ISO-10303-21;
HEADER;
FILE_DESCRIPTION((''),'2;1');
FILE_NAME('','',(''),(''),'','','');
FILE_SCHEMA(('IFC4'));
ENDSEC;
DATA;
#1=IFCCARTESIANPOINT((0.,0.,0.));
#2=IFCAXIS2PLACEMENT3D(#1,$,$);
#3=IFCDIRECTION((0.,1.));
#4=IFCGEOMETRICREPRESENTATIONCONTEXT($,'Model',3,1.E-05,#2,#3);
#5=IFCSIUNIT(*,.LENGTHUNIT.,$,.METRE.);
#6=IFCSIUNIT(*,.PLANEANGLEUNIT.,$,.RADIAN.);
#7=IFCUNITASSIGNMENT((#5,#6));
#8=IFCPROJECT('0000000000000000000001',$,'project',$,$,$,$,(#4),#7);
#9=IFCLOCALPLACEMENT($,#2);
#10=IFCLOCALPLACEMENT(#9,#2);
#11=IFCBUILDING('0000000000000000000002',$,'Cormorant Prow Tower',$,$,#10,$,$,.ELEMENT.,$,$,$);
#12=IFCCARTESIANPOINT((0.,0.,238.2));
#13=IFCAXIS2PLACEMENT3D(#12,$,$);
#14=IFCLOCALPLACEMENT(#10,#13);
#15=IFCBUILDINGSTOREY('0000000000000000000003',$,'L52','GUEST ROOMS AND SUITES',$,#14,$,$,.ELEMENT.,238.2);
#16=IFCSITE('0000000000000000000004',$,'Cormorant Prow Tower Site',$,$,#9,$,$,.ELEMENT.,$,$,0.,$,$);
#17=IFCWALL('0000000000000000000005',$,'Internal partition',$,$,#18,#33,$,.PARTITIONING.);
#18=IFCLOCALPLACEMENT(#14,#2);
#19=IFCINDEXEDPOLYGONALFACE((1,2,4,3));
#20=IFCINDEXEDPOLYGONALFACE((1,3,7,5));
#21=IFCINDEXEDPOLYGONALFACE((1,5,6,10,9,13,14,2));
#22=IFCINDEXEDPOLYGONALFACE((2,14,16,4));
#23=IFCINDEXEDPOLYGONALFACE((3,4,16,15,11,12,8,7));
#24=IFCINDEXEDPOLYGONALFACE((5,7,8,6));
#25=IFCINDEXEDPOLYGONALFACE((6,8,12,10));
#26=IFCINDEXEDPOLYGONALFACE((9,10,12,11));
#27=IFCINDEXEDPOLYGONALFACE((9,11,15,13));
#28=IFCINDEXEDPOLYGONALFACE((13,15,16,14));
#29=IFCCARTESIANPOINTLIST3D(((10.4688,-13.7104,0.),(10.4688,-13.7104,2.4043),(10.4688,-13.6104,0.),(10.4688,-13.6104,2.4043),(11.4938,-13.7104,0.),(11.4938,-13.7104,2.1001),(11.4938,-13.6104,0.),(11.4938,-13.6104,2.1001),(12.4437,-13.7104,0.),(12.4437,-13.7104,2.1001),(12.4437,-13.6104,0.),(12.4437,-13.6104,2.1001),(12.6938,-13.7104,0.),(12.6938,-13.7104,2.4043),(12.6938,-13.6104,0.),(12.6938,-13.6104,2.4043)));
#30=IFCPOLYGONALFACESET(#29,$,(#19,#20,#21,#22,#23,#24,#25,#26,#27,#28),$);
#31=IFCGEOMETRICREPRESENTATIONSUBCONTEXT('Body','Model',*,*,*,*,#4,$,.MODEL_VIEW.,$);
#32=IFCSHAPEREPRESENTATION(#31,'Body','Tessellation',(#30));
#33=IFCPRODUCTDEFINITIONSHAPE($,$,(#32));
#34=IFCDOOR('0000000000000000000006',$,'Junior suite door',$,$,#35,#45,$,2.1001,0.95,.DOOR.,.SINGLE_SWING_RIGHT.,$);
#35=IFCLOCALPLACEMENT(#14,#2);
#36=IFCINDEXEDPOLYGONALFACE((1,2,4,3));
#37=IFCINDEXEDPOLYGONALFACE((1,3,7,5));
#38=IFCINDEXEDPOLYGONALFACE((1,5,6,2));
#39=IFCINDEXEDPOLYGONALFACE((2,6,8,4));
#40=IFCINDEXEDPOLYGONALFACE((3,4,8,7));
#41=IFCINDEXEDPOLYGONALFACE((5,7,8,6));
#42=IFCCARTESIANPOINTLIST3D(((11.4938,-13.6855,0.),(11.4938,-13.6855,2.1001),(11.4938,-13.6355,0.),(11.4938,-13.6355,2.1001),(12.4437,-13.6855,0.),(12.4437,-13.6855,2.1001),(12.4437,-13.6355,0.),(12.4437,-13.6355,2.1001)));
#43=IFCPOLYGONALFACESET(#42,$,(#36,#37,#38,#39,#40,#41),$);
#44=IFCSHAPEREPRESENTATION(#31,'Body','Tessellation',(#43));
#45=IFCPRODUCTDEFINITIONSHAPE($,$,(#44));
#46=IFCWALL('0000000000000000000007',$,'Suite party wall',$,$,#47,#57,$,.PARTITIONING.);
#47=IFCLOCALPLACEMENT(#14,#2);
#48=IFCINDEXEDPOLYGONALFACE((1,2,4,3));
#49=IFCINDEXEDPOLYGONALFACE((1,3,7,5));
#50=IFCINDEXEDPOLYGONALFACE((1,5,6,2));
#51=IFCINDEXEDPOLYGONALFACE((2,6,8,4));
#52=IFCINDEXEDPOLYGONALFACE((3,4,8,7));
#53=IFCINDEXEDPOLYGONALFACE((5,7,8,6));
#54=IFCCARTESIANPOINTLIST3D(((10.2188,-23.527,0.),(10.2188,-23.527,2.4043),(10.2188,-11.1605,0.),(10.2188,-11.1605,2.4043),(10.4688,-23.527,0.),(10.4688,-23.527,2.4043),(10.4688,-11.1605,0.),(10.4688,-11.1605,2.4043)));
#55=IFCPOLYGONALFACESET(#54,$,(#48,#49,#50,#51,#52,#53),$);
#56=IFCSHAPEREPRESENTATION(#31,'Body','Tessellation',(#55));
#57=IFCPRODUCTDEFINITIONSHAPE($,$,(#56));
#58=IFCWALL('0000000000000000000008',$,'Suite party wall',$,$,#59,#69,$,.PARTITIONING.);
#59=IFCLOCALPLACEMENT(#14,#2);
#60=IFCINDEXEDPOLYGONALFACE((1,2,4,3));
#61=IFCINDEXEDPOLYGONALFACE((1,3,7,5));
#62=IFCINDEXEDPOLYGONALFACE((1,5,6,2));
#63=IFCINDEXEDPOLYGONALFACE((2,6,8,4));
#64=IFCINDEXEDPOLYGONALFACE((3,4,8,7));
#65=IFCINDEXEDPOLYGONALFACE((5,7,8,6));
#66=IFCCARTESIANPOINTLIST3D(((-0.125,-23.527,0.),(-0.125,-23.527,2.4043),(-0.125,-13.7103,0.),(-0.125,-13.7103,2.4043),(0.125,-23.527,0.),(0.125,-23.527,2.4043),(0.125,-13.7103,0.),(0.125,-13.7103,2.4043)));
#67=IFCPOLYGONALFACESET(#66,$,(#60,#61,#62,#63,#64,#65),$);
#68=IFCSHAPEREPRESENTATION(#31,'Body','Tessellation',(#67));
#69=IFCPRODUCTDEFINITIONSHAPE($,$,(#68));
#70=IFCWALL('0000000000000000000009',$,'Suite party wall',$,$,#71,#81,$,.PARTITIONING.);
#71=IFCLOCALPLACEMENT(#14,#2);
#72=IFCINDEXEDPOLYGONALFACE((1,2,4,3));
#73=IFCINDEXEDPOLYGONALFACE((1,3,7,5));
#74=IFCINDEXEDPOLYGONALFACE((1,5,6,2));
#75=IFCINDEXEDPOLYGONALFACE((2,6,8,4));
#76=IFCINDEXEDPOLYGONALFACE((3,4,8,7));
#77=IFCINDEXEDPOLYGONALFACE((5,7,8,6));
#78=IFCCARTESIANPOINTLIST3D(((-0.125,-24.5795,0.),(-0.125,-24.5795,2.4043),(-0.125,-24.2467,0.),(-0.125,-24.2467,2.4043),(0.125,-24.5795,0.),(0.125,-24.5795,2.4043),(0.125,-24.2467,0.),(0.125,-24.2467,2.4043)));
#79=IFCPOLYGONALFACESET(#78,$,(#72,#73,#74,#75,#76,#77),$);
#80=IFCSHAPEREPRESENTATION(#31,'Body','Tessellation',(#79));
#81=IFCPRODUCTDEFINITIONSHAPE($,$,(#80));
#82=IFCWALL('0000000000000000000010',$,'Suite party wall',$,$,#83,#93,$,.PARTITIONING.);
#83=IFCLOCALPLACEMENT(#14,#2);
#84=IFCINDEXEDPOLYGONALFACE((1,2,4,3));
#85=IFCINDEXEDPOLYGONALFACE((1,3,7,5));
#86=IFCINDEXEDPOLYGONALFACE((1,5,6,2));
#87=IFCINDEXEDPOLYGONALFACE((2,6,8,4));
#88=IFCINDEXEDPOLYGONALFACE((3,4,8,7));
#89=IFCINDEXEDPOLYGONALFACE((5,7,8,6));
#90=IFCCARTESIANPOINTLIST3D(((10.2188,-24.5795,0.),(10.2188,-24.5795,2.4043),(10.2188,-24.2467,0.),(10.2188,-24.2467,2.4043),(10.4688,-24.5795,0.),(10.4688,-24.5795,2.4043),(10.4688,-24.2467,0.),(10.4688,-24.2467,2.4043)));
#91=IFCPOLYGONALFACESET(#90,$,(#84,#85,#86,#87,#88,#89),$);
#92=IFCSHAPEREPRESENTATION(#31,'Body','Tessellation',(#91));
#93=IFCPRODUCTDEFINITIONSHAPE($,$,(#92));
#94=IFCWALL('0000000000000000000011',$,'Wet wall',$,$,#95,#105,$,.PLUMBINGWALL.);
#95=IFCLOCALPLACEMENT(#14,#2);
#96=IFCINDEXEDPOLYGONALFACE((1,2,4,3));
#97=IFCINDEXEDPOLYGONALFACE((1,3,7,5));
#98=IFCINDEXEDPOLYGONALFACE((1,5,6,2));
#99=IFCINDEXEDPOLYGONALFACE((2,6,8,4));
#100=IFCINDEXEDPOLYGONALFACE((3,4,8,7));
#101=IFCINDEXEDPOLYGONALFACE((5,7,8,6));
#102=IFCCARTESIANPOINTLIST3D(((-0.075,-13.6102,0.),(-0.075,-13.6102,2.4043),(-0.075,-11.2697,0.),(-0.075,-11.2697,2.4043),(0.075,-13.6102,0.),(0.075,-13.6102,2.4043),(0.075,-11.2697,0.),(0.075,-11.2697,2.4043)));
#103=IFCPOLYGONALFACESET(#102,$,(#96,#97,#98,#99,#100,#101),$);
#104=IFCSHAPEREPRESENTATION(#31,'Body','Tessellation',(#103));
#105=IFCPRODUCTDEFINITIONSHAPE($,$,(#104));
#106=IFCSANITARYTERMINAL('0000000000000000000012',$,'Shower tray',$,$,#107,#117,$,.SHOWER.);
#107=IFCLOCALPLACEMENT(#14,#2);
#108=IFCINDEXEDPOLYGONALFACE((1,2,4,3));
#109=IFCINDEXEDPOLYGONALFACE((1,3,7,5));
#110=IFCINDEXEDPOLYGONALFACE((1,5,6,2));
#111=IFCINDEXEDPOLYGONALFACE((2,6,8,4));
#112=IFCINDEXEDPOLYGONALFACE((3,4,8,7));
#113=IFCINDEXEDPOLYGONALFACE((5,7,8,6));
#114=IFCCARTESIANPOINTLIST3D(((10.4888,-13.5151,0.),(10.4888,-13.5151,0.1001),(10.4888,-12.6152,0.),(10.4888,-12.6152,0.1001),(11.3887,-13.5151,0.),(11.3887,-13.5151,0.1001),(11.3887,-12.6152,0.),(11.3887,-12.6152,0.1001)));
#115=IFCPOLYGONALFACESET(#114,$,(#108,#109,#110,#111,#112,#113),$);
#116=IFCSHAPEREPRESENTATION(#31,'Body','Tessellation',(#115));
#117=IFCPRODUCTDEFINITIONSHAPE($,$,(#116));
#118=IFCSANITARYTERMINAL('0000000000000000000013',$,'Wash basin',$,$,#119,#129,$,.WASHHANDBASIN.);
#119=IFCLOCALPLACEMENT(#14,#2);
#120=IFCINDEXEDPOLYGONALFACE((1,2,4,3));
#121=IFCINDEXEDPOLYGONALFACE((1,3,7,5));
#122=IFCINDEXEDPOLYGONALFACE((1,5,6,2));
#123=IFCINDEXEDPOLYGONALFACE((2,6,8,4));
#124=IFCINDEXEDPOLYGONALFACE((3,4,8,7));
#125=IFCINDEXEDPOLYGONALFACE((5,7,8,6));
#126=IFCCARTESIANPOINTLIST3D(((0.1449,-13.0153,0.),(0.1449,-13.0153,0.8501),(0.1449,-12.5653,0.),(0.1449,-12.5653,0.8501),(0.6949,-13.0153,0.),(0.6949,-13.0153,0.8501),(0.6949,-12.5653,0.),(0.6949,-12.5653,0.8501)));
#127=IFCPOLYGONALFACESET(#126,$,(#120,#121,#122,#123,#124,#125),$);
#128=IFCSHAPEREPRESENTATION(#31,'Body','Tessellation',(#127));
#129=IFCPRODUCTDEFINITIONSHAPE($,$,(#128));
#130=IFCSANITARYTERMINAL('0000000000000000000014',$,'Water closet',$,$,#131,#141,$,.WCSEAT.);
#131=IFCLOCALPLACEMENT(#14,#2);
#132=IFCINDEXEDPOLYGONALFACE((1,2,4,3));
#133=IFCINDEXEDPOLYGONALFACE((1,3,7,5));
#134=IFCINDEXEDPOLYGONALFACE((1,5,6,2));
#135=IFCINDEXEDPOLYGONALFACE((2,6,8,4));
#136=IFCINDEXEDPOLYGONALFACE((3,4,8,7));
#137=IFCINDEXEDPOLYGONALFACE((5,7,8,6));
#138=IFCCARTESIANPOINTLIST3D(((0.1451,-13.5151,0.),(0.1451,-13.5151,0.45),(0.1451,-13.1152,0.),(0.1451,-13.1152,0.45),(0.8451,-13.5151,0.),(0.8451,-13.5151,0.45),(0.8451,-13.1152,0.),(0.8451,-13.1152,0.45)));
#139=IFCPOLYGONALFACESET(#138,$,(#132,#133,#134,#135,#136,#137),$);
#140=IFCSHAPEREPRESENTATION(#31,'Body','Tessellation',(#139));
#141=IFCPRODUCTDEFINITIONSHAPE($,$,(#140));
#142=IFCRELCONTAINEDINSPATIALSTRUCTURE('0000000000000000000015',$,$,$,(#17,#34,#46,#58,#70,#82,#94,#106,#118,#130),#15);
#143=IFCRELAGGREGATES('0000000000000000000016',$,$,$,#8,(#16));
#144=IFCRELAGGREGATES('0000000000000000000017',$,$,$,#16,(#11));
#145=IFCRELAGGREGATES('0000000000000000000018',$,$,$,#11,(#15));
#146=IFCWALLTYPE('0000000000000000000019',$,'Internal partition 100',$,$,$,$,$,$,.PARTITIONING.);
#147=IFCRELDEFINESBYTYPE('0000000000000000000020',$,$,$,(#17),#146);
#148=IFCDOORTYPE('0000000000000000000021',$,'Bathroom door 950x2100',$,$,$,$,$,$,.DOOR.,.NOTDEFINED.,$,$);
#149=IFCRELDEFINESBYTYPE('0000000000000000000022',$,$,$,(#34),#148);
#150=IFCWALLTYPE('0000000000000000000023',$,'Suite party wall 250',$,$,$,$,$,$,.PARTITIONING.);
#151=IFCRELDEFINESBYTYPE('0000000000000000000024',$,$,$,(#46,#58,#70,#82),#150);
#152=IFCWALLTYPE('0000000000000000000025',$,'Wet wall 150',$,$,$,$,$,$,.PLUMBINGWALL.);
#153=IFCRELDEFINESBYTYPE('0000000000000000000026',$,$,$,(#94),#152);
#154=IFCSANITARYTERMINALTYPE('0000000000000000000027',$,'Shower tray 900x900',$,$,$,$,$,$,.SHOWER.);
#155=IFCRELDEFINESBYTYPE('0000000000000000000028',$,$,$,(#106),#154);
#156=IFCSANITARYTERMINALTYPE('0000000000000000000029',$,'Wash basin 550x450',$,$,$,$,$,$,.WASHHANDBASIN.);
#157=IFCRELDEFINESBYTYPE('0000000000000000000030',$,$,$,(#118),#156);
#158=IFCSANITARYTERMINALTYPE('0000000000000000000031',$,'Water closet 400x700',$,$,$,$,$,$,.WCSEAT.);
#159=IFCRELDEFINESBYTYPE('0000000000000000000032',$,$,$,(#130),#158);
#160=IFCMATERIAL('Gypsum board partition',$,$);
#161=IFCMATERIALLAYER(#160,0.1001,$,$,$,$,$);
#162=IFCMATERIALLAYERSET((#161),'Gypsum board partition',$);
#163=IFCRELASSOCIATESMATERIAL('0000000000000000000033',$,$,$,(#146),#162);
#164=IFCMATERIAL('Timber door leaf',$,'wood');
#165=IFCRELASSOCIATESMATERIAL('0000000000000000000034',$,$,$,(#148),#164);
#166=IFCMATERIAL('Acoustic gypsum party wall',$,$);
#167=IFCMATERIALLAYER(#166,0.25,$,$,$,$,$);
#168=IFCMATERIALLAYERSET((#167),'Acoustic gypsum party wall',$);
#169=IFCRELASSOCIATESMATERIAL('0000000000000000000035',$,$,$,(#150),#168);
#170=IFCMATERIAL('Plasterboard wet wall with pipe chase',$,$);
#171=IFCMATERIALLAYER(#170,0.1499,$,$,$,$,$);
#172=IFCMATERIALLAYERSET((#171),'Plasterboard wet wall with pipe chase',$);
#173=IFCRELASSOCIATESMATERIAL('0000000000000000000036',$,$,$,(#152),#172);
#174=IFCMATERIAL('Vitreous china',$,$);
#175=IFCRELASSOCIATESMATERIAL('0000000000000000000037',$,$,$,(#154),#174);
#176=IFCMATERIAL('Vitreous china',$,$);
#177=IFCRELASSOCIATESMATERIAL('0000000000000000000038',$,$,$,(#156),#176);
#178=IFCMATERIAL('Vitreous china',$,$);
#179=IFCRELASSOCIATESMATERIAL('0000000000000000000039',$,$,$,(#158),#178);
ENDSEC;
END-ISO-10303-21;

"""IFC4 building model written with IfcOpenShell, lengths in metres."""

from ifc_helpers import new_model, si_unit, direction, frame, frame_2d, origin, origin_2d, place, context, subcontext, project, spatial, rectangle, extrude, material, layer, layer_set, type_object, element, fill, save


model = new_model("IFC4")

# Units and contexts
model_context = context("Model", 3, precision=1e-05, world=origin(), true_north=direction((0.0, 1.0)))
body_context = subcontext(model_context, "Body", "Model", "MODEL_VIEW")
ifc_project = project(units=[si_unit("LENGTHUNIT", "METRE"), si_unit("PLANEANGLEUNIT", "RADIAN")], contexts=[model_context])

# Site, building, storey
site_placement = place(None, origin())
site = spatial("IfcSite", under=ifc_project, at=site_placement, Name="Cormorant Prow Tower Site", CompositionType="ELEMENT", RefElevation=0.0)
building_placement = place(site_placement, origin())
building = spatial("IfcBuilding", under=site, at=building_placement, Name="Cormorant Prow Tower", CompositionType="ELEMENT")
storey_placement = place(building_placement, frame((0.0, 0.0, 238.2)))
storey = spatial("IfcBuildingStorey", under=building, at=storey_placement, Name="L52", Description="GUEST ROOMS AND SUITES", CompositionType="ELEMENT", Elevation=238.2)

# Shared definitions
ifc_material_1 = material(Name="Gypsum board partition")
ifc_layer_1 = layer(ifc_material_1, 0.1001)
ifc_layer_set_1 = layer_set([ifc_layer_1], Name="Gypsum board partition")
wall_type_1 = type_object("IfcWallType", Name="Internal partition 100", PredefinedType="PARTITIONING", material=ifc_layer_set_1)

# Wall, opening, door
wall_1_placement = place(storey_placement, frame((10.4688, -13.6604, 0.0), z_axis=(0.0, 0.0, 1.0), x_axis=(1.0, 0.0, 0.0)))
wall_1 = element("IfcWall", 1, at=wall_1_placement, inside=storey, type_object=wall_type_1, Name="Internal partition", PredefinedType="PARTITIONING", context=body_context, shape_type="SweptSolid", body=[
    extrude(rectangle(XDim=2.2251, YDim=0.1001, at=frame_2d((1.1125, 0.0))), origin(), (0.0, 0.0, 1.0), 2.4043),
])
opening_1_placement = place(wall_1_placement, frame((1.0249, 0.0, 0.0)))
opening_1 = element("IfcOpeningElement", 2, at=opening_1_placement, cuts=wall_1, PredefinedType="OPENING", context=body_context, shape_type="SweptSolid", body=[
    extrude(rectangle(XDim=0.95, YDim=2.1001, at=frame_2d((0.4751, 1.05))), frame((0.0, 0.0601, 0.0), z_axis=(0.0, -1.0, 0.0), x_axis=(1.0, 0.0, 0.0)), (0.0, 0.0, 1.0), 0.1201),
])
ifc_material_2 = material(Name="Timber door leaf", Category="wood")
door_type_1 = type_object("IfcDoorType", Name="Bathroom door 950x2100", OperationType="NOTDEFINED", PredefinedType="DOOR", material=ifc_material_2)
door_1_placement = place(opening_1_placement, origin())
door_1 = element("IfcDoor", 3, at=door_1_placement, inside=storey, type_object=door_type_1, Name="Junior suite door", OperationType="SINGLE_SWING_RIGHT", OverallHeight=2.1001, OverallWidth=0.95, PredefinedType="DOOR", context=body_context, shape_type="SweptSolid", body=[
    extrude(rectangle(XDim=0.95, YDim=2.1001, at=frame_2d((0.4751, 1.05))), frame((0.0, 0.0249, 0.0), z_axis=(0.0, -1.0, 0.0), x_axis=(1.0, 0.0, 0.0)), (0.0, 0.0, 1.0), 0.05),
])
fill(opening_1, door_1)

# Walls
ifc_material_3 = material(Name="Acoustic gypsum party wall")
ifc_layer_2 = layer(ifc_material_3, 0.25)
ifc_layer_set_2 = layer_set([ifc_layer_2], Name="Acoustic gypsum party wall")
wall_type_2 = type_object("IfcWallType", Name="Suite party wall 250", PredefinedType="PARTITIONING", material=ifc_layer_set_2)
wall_2_placement = place(storey_placement, frame((10.3438, -23.5269, 0.0), z_axis=(0.0, 0.0, 1.0), x_axis=(0.0, 1.0, 0.0)))
element("IfcWall", 4, at=wall_2_placement, inside=storey, type_object=wall_type_2, Name="Suite party wall", PredefinedType="PARTITIONING", context=body_context, shape_type="SweptSolid", body=[
    extrude(rectangle(XDim=12.3665, YDim=0.25, at=frame_2d((6.1831, 0.0))), origin(), (0.0, 0.0, 1.0), 2.4043),
])
wall_3_placement = place(storey_placement, frame((0.0, -23.5269, 0.0), z_axis=(0.0, 0.0, 1.0), x_axis=(0.0, 1.0, 0.0)))
element("IfcWall", 5, at=wall_3_placement, inside=storey, type_object=wall_type_2, Name="Suite party wall", PredefinedType="PARTITIONING", context=body_context, shape_type="SweptSolid", body=[
    extrude(rectangle(XDim=9.8167, YDim=0.25, at=frame_2d((4.9082, 0.0))), origin(), (0.0, 0.0, 1.0), 2.4043),
])
for number, where, z_axis, x_axis, name in (
    (6, (0.0, -24.5796, 0.0), (0.0, 0.0, 1.0), (0.0, 1.0, 0.0), "Suite party wall"),
    (7, (10.3438, -24.5796, 0.0), (0.0, 0.0, 1.0), (0.0, 1.0, 0.0), "Suite party wall"),
):
    element("IfcWall", number, at=place(storey_placement, frame(where, z_axis=z_axis, x_axis=x_axis)), inside=storey, type_object=wall_type_2, Name=name, PredefinedType="PARTITIONING", context=body_context, shape_type="SweptSolid", body=[
        extrude(rectangle(XDim=0.3328, YDim=0.25, at=frame_2d((0.1665, 0.0))), origin(), (0.0, 0.0, 1.0), 2.4043),
    ])

# Wall
ifc_material_4 = material(Name="Plasterboard wet wall with pipe chase")
ifc_layer_3 = layer(ifc_material_4, 0.1499)
ifc_layer_set_3 = layer_set([ifc_layer_3], Name="Plasterboard wet wall with pipe chase")
wall_type_3 = type_object("IfcWallType", Name="Wet wall 150", PredefinedType="PLUMBINGWALL", material=ifc_layer_set_3)
wall_4_placement = place(storey_placement, frame((0.0, -13.6104, 0.0), z_axis=(0.0, 0.0, 1.0), x_axis=(0.0, 1.0, 0.0)))
element("IfcWall", 8, at=wall_4_placement, inside=storey, type_object=wall_type_3, Name="Wet wall", PredefinedType="PLUMBINGWALL", context=body_context, shape_type="SweptSolid", body=[
    extrude(rectangle(XDim=2.3406, YDim=0.1499, at=frame_2d((1.1704, 0.0))), origin(), (0.0, 0.0, 1.0), 2.4043),
])

# Sanitary terminals
ifc_material_5 = material(Name="Vitreous china")
sanitary_terminal_type_1 = type_object("IfcSanitaryTerminalType", Name="Shower tray 900x900", PredefinedType="SHOWER", material=ifc_material_5)
sanitary_terminal_1_placement = place(storey_placement, frame((10.9387, -13.0652, 0.0), z_axis=(0.0, 0.0, 1.0), x_axis=(0.0, 1.0, 0.0)))
element("IfcSanitaryTerminal", 9, at=sanitary_terminal_1_placement, inside=storey, type_object=sanitary_terminal_type_1, Name="Shower tray", PredefinedType="SHOWER", context=body_context, shape_type="SweptSolid", body=[
    extrude(rectangle(XDim=0.8999, YDim=0.8999, at=origin_2d()), origin(), (0.0, 0.0, 1.0), 0.1001),
])
ifc_material_6 = material(Name="Vitreous china")
sanitary_terminal_type_2 = type_object("IfcSanitaryTerminalType", Name="Wash basin 550x450", PredefinedType="WASHHANDBASIN", material=ifc_material_6)
sanitary_terminal_2_placement = place(storey_placement, frame((0.4199, -12.7903, 0.0), z_axis=(0.0, 0.0, 1.0), x_axis=(1.0, 0.0, 0.0)))
element("IfcSanitaryTerminal", 10, at=sanitary_terminal_2_placement, inside=storey, type_object=sanitary_terminal_type_2, Name="Wash basin", PredefinedType="WASHHANDBASIN", context=body_context, shape_type="SweptSolid", body=[
    extrude(rectangle(XDim=0.55, YDim=0.45, at=origin_2d()), origin(), (0.0, 0.0, 1.0), 0.8501),
])
ifc_material_7 = material(Name="Vitreous china")
sanitary_terminal_type_3 = type_object("IfcSanitaryTerminalType", Name="Water closet 400x700", PredefinedType="WCSEAT", material=ifc_material_7)
sanitary_terminal_3_placement = place(storey_placement, frame((0.4951, -13.3152, 0.0), z_axis=(0.0, 0.0, 1.0), x_axis=(0.0, 1.0, 0.0)))
element("IfcSanitaryTerminal", 11, at=sanitary_terminal_3_placement, inside=storey, type_object=sanitary_terminal_type_3, Name="Water closet", PredefinedType="WCSEAT", context=body_context, shape_type="SweptSolid", body=[
    extrude(rectangle(XDim=0.3999, YDim=0.7, at=origin_2d()), origin(), (0.0, 0.0, 1.0), 0.45),
])

save(model, "model.ifc")
